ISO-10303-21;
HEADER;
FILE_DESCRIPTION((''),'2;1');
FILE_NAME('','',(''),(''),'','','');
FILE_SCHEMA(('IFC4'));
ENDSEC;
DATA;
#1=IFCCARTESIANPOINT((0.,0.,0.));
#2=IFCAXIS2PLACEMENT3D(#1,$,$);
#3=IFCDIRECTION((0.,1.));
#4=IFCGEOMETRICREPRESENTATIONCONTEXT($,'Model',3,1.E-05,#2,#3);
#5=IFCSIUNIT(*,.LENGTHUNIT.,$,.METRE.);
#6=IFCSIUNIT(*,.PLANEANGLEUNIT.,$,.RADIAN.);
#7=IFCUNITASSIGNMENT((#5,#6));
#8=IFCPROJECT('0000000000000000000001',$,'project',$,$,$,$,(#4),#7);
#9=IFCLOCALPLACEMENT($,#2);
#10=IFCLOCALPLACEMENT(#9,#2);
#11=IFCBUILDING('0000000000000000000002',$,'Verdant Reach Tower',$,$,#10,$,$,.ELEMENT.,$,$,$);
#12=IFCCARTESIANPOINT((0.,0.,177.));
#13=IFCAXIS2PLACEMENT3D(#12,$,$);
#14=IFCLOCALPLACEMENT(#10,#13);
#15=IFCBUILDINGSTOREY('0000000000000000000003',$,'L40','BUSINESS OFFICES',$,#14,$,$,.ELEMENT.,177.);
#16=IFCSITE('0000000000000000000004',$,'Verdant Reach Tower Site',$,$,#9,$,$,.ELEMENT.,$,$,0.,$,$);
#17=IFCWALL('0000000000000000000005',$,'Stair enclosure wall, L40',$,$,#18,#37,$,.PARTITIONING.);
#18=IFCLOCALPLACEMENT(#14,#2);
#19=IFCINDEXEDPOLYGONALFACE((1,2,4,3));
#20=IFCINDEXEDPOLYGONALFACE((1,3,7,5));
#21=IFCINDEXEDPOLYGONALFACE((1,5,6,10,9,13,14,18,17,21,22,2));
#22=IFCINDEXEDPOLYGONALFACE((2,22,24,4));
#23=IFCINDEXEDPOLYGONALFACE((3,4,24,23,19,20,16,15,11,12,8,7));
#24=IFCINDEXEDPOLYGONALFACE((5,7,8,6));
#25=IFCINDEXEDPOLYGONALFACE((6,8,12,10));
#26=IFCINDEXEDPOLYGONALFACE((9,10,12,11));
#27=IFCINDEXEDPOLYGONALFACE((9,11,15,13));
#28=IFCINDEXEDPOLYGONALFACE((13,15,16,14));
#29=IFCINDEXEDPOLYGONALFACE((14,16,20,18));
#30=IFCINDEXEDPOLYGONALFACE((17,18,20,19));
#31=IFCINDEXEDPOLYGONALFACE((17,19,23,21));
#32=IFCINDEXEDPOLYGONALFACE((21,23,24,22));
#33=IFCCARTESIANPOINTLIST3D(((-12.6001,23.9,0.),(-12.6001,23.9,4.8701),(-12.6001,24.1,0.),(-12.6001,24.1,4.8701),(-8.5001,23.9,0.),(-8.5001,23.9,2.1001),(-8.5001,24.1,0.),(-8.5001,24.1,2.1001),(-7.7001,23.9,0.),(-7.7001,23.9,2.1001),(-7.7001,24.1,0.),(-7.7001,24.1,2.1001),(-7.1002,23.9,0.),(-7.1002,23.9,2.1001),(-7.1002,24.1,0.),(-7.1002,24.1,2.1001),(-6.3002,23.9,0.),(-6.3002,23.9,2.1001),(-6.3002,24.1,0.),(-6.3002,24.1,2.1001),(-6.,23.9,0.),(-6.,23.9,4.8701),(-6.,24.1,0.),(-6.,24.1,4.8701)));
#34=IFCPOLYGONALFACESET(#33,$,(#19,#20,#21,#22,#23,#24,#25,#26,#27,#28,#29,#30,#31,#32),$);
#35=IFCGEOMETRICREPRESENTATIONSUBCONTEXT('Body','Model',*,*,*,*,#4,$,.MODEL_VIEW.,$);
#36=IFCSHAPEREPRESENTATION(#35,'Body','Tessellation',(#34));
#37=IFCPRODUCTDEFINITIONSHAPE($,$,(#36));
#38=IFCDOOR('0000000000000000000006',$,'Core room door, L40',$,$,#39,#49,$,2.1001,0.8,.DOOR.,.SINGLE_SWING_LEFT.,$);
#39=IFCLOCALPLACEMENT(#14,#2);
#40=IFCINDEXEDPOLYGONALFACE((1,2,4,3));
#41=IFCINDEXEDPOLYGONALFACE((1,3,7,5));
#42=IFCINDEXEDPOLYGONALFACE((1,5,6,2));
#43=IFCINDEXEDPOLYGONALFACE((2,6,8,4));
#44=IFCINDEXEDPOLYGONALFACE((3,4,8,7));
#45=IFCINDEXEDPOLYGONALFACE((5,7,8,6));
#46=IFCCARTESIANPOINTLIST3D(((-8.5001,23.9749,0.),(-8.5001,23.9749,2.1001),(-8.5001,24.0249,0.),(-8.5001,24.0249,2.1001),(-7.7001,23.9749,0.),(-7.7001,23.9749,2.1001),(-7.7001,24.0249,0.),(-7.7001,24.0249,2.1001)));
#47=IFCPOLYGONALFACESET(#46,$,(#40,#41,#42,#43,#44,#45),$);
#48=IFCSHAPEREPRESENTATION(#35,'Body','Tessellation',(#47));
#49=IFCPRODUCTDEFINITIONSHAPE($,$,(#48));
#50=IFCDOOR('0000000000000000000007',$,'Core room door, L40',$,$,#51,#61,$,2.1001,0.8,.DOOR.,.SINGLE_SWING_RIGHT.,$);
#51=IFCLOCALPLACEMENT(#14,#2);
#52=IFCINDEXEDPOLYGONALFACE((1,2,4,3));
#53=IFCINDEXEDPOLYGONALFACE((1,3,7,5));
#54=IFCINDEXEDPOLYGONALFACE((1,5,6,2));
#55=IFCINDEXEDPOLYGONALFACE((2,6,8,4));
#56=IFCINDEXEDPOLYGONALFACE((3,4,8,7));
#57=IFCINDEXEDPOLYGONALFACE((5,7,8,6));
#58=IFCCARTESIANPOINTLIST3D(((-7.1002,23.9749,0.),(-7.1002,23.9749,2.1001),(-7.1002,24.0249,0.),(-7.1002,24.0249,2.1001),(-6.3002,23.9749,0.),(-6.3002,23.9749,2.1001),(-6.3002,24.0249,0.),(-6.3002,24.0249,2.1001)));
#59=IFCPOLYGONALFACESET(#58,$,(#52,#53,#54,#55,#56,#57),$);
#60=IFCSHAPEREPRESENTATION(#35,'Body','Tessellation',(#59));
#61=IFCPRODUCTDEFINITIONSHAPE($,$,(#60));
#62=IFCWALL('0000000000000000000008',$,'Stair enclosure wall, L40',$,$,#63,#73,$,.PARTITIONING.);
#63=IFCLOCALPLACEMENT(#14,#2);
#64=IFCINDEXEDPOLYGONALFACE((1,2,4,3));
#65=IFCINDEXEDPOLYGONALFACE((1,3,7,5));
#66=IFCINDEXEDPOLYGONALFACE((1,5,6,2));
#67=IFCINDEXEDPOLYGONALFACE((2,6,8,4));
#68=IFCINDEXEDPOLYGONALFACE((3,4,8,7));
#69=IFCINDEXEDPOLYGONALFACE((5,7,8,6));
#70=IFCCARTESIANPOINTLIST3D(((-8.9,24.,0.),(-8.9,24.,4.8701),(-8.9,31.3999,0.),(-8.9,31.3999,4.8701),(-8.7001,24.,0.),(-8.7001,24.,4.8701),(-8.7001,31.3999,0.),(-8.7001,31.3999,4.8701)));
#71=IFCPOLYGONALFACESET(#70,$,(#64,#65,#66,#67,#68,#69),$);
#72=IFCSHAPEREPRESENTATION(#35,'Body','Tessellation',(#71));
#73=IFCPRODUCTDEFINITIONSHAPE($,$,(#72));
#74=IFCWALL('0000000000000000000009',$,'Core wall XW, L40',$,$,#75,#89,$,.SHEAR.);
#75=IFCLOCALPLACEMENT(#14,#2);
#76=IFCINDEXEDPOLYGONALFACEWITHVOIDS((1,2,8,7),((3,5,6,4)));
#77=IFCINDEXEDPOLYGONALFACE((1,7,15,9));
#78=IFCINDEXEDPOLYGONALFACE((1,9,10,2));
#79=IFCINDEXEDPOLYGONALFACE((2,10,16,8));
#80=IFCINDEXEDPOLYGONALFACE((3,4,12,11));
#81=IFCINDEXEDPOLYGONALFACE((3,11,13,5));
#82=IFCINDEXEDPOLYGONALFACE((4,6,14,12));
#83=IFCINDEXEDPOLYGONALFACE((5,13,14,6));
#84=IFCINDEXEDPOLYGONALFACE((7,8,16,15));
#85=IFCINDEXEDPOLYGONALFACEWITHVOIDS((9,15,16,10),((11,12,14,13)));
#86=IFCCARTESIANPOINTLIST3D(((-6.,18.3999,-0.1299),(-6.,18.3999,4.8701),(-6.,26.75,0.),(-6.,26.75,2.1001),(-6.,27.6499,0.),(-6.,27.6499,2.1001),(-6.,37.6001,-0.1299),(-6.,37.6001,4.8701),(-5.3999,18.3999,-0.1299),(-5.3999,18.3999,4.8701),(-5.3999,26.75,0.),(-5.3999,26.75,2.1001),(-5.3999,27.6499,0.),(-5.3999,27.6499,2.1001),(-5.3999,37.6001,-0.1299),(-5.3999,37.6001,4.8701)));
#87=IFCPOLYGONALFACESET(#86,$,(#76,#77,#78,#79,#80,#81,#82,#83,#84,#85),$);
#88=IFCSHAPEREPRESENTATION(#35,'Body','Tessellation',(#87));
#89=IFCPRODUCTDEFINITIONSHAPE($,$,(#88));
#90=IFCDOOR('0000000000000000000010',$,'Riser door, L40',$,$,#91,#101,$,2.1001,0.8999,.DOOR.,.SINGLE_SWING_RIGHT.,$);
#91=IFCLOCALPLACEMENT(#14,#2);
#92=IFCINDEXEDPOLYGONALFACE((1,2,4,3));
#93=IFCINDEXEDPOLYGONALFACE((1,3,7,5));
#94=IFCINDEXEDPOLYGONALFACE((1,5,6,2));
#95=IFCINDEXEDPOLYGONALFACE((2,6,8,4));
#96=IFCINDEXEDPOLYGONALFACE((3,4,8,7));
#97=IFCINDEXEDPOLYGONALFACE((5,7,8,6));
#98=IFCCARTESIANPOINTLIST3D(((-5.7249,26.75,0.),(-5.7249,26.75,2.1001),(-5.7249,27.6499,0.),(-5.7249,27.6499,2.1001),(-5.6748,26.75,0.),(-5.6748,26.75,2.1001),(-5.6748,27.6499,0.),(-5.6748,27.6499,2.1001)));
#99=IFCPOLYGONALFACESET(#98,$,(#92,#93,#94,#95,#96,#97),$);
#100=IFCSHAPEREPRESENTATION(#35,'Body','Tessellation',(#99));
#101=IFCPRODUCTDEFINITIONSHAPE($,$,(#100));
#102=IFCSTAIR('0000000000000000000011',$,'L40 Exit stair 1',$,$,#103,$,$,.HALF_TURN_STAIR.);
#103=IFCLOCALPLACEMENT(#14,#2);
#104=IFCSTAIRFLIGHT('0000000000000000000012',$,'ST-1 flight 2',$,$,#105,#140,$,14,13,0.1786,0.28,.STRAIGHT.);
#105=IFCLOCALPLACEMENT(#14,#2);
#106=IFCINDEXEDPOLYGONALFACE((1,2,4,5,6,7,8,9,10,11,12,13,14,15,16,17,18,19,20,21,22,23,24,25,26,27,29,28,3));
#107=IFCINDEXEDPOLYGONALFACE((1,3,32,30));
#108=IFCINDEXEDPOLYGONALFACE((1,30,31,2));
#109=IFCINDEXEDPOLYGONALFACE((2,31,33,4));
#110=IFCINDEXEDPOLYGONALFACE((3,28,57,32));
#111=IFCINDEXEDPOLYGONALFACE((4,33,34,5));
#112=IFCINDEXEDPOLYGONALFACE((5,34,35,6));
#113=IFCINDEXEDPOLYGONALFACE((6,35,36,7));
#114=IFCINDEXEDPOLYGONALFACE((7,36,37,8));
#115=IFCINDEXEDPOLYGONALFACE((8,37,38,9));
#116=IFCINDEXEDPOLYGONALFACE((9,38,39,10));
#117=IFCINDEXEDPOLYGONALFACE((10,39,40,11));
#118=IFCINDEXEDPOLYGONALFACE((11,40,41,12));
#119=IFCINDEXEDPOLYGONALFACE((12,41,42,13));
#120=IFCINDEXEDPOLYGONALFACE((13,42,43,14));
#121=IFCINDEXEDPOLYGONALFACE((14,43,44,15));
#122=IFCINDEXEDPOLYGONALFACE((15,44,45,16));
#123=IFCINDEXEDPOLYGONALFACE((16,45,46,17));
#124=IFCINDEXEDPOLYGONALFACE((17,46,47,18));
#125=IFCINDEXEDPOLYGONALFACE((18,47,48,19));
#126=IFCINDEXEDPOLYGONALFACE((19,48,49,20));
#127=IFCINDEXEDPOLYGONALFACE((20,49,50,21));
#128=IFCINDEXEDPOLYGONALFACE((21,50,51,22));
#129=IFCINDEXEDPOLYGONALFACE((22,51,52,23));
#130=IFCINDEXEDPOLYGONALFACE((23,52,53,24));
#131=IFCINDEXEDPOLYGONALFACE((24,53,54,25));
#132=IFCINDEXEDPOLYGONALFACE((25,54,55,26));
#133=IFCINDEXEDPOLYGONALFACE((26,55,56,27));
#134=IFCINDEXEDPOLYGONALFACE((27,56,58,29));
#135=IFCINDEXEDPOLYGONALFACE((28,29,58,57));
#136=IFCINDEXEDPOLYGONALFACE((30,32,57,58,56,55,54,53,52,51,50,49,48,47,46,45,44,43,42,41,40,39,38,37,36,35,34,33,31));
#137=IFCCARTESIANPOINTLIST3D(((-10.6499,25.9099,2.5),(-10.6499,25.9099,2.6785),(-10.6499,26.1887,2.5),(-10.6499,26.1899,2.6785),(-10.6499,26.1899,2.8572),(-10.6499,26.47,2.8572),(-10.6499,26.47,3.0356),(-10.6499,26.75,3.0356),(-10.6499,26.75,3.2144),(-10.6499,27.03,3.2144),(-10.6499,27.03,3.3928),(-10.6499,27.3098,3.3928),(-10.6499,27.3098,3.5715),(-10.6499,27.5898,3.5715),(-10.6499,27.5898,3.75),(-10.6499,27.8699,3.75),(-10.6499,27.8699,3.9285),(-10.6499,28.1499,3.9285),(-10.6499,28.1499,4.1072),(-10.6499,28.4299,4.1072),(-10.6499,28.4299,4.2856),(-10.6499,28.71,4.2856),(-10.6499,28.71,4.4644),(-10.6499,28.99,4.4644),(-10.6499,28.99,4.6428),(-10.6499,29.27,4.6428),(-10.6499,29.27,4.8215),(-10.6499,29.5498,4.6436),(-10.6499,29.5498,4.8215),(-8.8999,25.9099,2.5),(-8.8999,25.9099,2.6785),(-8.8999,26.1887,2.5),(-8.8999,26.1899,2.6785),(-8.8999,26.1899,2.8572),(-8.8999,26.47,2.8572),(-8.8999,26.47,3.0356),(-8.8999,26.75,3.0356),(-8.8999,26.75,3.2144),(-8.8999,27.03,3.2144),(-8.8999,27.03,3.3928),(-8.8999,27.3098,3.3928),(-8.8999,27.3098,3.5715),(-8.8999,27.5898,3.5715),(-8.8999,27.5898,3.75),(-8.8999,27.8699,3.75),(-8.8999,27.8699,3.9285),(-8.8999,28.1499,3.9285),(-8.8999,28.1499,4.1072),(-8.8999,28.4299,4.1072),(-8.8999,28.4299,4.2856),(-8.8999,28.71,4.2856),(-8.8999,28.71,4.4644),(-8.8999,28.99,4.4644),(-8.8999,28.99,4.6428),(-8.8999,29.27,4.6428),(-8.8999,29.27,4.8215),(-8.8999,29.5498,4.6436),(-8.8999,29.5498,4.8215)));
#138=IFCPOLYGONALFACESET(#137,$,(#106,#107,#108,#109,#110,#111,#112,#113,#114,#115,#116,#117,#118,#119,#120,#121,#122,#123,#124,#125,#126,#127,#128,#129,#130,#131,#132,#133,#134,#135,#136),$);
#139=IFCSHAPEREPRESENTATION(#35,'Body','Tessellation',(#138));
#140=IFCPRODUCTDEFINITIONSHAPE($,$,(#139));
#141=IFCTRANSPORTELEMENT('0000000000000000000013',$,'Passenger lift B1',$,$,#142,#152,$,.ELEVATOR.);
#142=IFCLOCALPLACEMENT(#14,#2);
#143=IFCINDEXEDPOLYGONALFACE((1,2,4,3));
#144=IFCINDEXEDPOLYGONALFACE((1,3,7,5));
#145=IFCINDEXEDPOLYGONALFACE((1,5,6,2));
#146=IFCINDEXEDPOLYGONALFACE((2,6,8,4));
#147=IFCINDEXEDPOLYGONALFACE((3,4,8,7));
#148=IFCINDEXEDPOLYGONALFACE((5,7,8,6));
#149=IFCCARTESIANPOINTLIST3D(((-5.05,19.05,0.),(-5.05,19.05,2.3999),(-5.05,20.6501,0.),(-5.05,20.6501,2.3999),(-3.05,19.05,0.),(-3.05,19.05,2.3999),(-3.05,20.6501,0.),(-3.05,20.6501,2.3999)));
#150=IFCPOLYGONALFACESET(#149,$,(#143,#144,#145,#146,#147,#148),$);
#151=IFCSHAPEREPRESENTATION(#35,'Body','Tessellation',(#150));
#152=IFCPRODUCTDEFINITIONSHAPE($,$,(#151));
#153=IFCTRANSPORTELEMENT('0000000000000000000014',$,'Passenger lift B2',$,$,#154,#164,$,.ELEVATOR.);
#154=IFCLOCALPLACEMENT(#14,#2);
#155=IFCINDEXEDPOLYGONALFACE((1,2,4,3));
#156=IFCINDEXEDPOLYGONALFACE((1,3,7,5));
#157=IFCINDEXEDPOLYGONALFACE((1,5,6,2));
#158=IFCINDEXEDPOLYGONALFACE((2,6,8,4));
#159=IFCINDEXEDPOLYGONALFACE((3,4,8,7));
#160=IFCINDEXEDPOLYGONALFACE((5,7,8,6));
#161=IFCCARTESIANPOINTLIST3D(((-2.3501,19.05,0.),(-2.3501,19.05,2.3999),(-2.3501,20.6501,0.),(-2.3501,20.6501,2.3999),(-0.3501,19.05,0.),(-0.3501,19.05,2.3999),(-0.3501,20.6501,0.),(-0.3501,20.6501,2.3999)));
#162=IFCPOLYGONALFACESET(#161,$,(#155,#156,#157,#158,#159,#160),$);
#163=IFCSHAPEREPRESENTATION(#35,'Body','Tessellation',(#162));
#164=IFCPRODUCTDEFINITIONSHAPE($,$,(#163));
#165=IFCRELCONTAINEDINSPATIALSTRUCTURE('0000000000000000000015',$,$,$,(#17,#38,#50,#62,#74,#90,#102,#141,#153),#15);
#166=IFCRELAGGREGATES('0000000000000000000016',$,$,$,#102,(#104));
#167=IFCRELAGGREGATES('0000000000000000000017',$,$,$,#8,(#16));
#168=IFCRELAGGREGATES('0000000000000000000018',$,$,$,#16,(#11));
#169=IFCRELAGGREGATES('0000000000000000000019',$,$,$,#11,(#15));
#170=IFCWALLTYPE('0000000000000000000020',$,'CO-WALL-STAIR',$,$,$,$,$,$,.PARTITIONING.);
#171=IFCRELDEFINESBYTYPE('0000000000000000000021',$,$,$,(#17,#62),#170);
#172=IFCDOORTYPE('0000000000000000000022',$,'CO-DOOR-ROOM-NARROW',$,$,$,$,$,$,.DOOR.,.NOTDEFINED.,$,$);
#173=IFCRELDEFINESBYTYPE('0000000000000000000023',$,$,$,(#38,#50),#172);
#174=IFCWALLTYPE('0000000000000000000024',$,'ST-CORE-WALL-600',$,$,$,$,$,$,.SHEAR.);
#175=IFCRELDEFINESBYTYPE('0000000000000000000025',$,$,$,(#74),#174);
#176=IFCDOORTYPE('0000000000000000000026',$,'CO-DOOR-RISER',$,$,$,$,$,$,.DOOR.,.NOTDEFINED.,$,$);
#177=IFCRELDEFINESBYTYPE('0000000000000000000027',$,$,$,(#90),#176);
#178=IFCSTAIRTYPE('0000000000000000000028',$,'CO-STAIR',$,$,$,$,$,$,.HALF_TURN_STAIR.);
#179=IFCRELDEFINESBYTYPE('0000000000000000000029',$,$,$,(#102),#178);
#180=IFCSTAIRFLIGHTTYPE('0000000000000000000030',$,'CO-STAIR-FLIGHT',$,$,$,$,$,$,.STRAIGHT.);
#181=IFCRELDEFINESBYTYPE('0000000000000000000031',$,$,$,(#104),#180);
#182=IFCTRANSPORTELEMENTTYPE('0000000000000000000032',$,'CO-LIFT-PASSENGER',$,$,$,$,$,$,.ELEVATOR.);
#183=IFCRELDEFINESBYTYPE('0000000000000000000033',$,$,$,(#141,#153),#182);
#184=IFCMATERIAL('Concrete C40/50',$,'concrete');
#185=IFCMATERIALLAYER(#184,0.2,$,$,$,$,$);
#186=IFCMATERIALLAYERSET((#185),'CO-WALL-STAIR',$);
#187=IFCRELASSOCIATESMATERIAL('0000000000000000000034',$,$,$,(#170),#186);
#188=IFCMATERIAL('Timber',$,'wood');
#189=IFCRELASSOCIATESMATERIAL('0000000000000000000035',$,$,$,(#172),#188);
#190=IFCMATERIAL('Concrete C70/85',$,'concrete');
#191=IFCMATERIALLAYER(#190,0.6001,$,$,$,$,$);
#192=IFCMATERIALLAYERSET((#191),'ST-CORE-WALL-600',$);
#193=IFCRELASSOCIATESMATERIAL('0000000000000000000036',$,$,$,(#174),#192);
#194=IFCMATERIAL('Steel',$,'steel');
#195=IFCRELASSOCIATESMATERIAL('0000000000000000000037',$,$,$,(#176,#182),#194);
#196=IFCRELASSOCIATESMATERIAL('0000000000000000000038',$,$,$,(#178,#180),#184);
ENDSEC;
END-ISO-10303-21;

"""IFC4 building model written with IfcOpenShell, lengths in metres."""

from ifc_helpers import new_model, si_unit, direction, frame, frame_2d, origin, origin_2d, place, context, subcontext, project, spatial, polyline, rectangle, outline, extrude, material, layer, layer_set, type_object, element, fill, aggregate, save


model = new_model("IFC4")

# Units and contexts
model_context = context("Model", 3, precision=1e-05, world=origin(), true_north=direction((0.0, 1.0)))
body_context = subcontext(model_context, "Body", "Model", "MODEL_VIEW")
ifc_project = project(units=[si_unit("LENGTHUNIT", "METRE"), si_unit("PLANEANGLEUNIT", "RADIAN")], contexts=[model_context])

# Site, building, storey
site_placement = place(None, origin())
site = spatial("IfcSite", under=ifc_project, at=site_placement, Name="Verdant Reach Tower Site", CompositionType="ELEMENT", RefElevation=0.0)
building_placement = place(site_placement, origin())
building = spatial("IfcBuilding", under=site, at=building_placement, Name="Verdant Reach Tower", CompositionType="ELEMENT")
storey_placement = place(building_placement, frame((0.0, 0.0, 177.0)))
storey = spatial("IfcBuildingStorey", under=building, at=storey_placement, Name="L40", Description="BUSINESS OFFICES", CompositionType="ELEMENT", Elevation=177.0)

# Shared definitions
ifc_material_1 = material(Name="Timber", Category="wood")

# Shared definitions
ifc_material_2 = material(Name="Concrete C40/50", Category="concrete")

# Wall, openings, doors
ifc_layer_1 = layer(ifc_material_2, 0.2)
ifc_layer_set_1 = layer_set([ifc_layer_1], Name="CO-WALL-STAIR")
wall_type_1 = type_object("IfcWallType", Name="CO-WALL-STAIR", PredefinedType="PARTITIONING", material=ifc_layer_set_1)
wall_1_placement = place(storey_placement, frame((-12.6001, 24.0, 0.0), z_axis=(0.0, 0.0, 1.0), x_axis=(1.0, 0.0, 0.0)))
wall_1 = element("IfcWall", 1, at=wall_1_placement, inside=storey, type_object=wall_type_1, Name="Stair enclosure wall, L40", PredefinedType="PARTITIONING", context=body_context, shape_type="SweptSolid", body=[
    extrude(rectangle(XDim=6.6001, YDim=0.2, at=frame_2d((3.3, 0.0))), origin(), (0.0, 0.0, 1.0), 4.8701),
])
opening_1_placement = place(wall_1_placement, frame((4.1001, 0.0, 0.0)))
opening_1 = element("IfcOpeningElement", 2, at=opening_1_placement, cuts=wall_1, PredefinedType="OPENING", context=body_context, shape_type="SweptSolid", body=[
    extrude(rectangle(XDim=0.8, YDim=2.1001, at=frame_2d((0.3999, 1.05))), frame((0.0, 0.1099, 0.0), z_axis=(0.0, -1.0, 0.0), x_axis=(1.0, 0.0, 0.0)), (0.0, 0.0, 1.0), 0.22),
])
opening_2_placement = place(wall_1_placement, frame((5.5, 0.0, 0.0)))
opening_2 = element("IfcOpeningElement", 3, at=opening_2_placement, cuts=wall_1, PredefinedType="OPENING", context=body_context, shape_type="SweptSolid", body=[
    extrude(rectangle(XDim=0.8, YDim=2.1001, at=frame_2d((0.3999, 1.05))), frame((0.0, 0.1099, 0.0), z_axis=(0.0, -1.0, 0.0), x_axis=(1.0, 0.0, 0.0)), (0.0, 0.0, 1.0), 0.22),
])
door_type_1 = type_object("IfcDoorType", Name="CO-DOOR-ROOM-NARROW", OperationType="NOTDEFINED", PredefinedType="DOOR", material=ifc_material_1)
door_1_placement = place(opening_1_placement, origin())
door_1 = element("IfcDoor", 4, at=door_1_placement, inside=storey, type_object=door_type_1, Name="Core room door, L40", OperationType="SINGLE_SWING_LEFT", OverallHeight=2.1001, OverallWidth=0.8, PredefinedType="DOOR", context=body_context, shape_type="SweptSolid", body=[
    extrude(rectangle(XDim=0.8, YDim=2.1001, at=frame_2d((0.3999, 1.05))), frame((0.0, 0.0249, 0.0), z_axis=(0.0, -1.0, 0.0), x_axis=(1.0, 0.0, 0.0)), (0.0, 0.0, 1.0), 0.05),
])
fill(opening_1, door_1)
door_2_placement = place(opening_2_placement, origin())
door_2 = element("IfcDoor", 5, at=door_2_placement, inside=storey, type_object=door_type_1, Name="Core room door, L40", OperationType="SINGLE_SWING_RIGHT", OverallHeight=2.1001, OverallWidth=0.8, PredefinedType="DOOR", context=body_context, shape_type="SweptSolid", body=[
    extrude(rectangle(XDim=0.8, YDim=2.1001, at=frame_2d((0.3999, 1.05))), frame((0.0, 0.0249, 0.0), z_axis=(0.0, -1.0, 0.0), x_axis=(1.0, 0.0, 0.0)), (0.0, 0.0, 1.0), 0.05),
])
fill(opening_2, door_2)

# Wall
wall_2_placement = place(storey_placement, frame((-8.8, 24.0, 0.0), z_axis=(0.0, 0.0, 1.0), x_axis=(0.0, 1.0, 0.0)))
element("IfcWall", 6, at=wall_2_placement, inside=storey, type_object=wall_type_1, Name="Stair enclosure wall, L40", PredefinedType="PARTITIONING", context=body_context, shape_type="SweptSolid", body=[
    extrude(rectangle(XDim=7.3999, YDim=0.2, at=frame_2d((3.7, 0.0))), origin(), (0.0, 0.0, 1.0), 4.8701),
])

# Wall, opening, door
ifc_material_3 = material(Name="Concrete C70/85", Category="concrete")
ifc_layer_2 = layer(ifc_material_3, 0.6001)
ifc_layer_set_2 = layer_set([ifc_layer_2], Name="ST-CORE-WALL-600")
wall_type_2 = type_object("IfcWallType", Name="ST-CORE-WALL-600", PredefinedType="SHEAR", material=ifc_layer_set_2)
wall_3_placement = place(storey_placement, frame((-5.7, 18.3999, -0.1299), z_axis=(0.0, 0.0, 1.0), x_axis=(0.0, 1.0, 0.0)))
wall_3 = element("IfcWall", 7, at=wall_3_placement, inside=storey, type_object=wall_type_2, Name="Core wall XW, L40", PredefinedType="SHEAR", context=body_context, shape_type="SweptSolid", body=[
    extrude(rectangle(XDim=19.2002, YDim=0.6001, at=frame_2d((9.6001, 0.0))), origin(), (0.0, 0.0, 1.0), 5.0),
])
opening_3_placement = place(wall_3_placement, frame((8.3501, 0.0, 0.1299)))
opening_3 = element("IfcOpeningElement", 8, at=opening_3_placement, cuts=wall_3, PredefinedType="OPENING", context=body_context, shape_type="SweptSolid", body=[
    extrude(rectangle(XDim=0.8999, YDim=2.1001, at=frame_2d((0.45, 1.05))), frame((0.0, 0.3101, 0.0), z_axis=(0.0, -1.0, 0.0), x_axis=(1.0, 0.0, 0.0)), (0.0, 0.0, 1.0), 0.6201),
])
ifc_material_4 = material(Name="Steel", Category="steel")
door_type_2 = type_object("IfcDoorType", Name="CO-DOOR-RISER", OperationType="NOTDEFINED", PredefinedType="DOOR", material=ifc_material_4)
door_3_placement = place(opening_3_placement, origin())
door_3 = element("IfcDoor", 9, at=door_3_placement, inside=storey, type_object=door_type_2, Name="Riser door, L40", OperationType="SINGLE_SWING_RIGHT", OverallHeight=2.1001, OverallWidth=0.8999, PredefinedType="DOOR", context=body_context, shape_type="SweptSolid", body=[
    extrude(rectangle(XDim=0.8999, YDim=2.1001, at=frame_2d((0.45, 1.05))), frame((0.0, 0.0249, 0.0), z_axis=(0.0, -1.0, 0.0), x_axis=(1.0, 0.0, 0.0)), (0.0, 0.0, 1.0), 0.05),
])
fill(opening_3, door_3)

# Stair, stair flight
stair_type = type_object("IfcStairType", Name="CO-STAIR", PredefinedType="HALF_TURN_STAIR", material=ifc_material_2)
stair_placement = place(storey_placement, origin())
stair = element("IfcStair", 10, at=stair_placement, inside=storey, type_object=stair_type, Name="L40 Exit stair 1", PredefinedType="HALF_TURN_STAIR")
stair_flight_type = type_object("IfcStairFlightType", Name="CO-STAIR-FLIGHT", PredefinedType="STRAIGHT", material=ifc_material_2)
stair_flight_placement = place(storey_placement, frame((-9.7749, 25.9099, 2.5), z_axis=(0.0, 0.0, 1.0), x_axis=(0.0, 1.0, 0.0)))
stair_flight = element("IfcStairFlight", 11, at=stair_flight_placement, type_object=stair_flight_type, Name="ST-1 flight 2", NumberOfRisers=14, NumberOfTreads=13, PredefinedType="STRAIGHT", RiserHeight=0.1786, TreadLength=0.28, context=body_context, shape_type="SweptSolid", body=[
    extrude(outline(polyline([(0.0, 0.0), (0.0, 0.1785), (0.28, 0.1785), (0.28, 0.3572), (0.5601, 0.3572), (0.5601, 0.5356), (0.8401, 0.5356), (0.8401, 0.7144), (1.1201, 0.7144), (1.1201, 0.8928), (1.3999, 0.8928), (1.3999, 1.0715), (1.6799, 1.0715), (1.6799, 1.25), (1.96, 1.25), (1.96, 1.4285), (2.24, 1.4285), (2.24, 1.6072), (2.52, 1.6072), (2.52, 1.7856), (2.8, 1.7856), (2.8, 1.9644), (3.0801, 1.9644), (3.0801, 2.1428), (3.3601, 2.1428), (3.3601, 2.3215), (3.6399, 2.3215), (3.6399, 2.5), (3.6399, 2.1436), (0.2788, 0.0), (0.0, 0.0)])), frame((0.0, 0.875, 0.0), z_axis=(0.0, -1.0, 0.0), x_axis=(1.0, 0.0, 0.0)), (0.0, 0.0, 1.0), 1.75),
])
aggregate(stair, [stair_flight])

# Transport elements
transport_element_type = type_object("IfcTransportElementType", Name="CO-LIFT-PASSENGER", PredefinedType="ELEVATOR", material=ifc_material_4)
for number, where, z_axis, x_axis, name in (
    (12, (-4.05, 19.8501, 0.0), (0.0, 0.0, 1.0), (1.0, 0.0, 0.0), "Passenger lift B1"),
    (13, (-1.3501, 19.8501, 0.0), (0.0, 0.0, 1.0), (1.0, 0.0, 0.0), "Passenger lift B2"),
):
    element("IfcTransportElement", number, at=place(storey_placement, frame(where, z_axis=z_axis, x_axis=x_axis)), inside=storey, type_object=transport_element_type, Name=name, PredefinedType="ELEVATOR", context=body_context, shape_type="SweptSolid", body=[
        extrude(rectangle(XDim=2.0, YDim=1.6001, at=origin_2d()), origin(), (0.0, 0.0, 1.0), 2.3999),
    ])

save(model, "model.ifc")
